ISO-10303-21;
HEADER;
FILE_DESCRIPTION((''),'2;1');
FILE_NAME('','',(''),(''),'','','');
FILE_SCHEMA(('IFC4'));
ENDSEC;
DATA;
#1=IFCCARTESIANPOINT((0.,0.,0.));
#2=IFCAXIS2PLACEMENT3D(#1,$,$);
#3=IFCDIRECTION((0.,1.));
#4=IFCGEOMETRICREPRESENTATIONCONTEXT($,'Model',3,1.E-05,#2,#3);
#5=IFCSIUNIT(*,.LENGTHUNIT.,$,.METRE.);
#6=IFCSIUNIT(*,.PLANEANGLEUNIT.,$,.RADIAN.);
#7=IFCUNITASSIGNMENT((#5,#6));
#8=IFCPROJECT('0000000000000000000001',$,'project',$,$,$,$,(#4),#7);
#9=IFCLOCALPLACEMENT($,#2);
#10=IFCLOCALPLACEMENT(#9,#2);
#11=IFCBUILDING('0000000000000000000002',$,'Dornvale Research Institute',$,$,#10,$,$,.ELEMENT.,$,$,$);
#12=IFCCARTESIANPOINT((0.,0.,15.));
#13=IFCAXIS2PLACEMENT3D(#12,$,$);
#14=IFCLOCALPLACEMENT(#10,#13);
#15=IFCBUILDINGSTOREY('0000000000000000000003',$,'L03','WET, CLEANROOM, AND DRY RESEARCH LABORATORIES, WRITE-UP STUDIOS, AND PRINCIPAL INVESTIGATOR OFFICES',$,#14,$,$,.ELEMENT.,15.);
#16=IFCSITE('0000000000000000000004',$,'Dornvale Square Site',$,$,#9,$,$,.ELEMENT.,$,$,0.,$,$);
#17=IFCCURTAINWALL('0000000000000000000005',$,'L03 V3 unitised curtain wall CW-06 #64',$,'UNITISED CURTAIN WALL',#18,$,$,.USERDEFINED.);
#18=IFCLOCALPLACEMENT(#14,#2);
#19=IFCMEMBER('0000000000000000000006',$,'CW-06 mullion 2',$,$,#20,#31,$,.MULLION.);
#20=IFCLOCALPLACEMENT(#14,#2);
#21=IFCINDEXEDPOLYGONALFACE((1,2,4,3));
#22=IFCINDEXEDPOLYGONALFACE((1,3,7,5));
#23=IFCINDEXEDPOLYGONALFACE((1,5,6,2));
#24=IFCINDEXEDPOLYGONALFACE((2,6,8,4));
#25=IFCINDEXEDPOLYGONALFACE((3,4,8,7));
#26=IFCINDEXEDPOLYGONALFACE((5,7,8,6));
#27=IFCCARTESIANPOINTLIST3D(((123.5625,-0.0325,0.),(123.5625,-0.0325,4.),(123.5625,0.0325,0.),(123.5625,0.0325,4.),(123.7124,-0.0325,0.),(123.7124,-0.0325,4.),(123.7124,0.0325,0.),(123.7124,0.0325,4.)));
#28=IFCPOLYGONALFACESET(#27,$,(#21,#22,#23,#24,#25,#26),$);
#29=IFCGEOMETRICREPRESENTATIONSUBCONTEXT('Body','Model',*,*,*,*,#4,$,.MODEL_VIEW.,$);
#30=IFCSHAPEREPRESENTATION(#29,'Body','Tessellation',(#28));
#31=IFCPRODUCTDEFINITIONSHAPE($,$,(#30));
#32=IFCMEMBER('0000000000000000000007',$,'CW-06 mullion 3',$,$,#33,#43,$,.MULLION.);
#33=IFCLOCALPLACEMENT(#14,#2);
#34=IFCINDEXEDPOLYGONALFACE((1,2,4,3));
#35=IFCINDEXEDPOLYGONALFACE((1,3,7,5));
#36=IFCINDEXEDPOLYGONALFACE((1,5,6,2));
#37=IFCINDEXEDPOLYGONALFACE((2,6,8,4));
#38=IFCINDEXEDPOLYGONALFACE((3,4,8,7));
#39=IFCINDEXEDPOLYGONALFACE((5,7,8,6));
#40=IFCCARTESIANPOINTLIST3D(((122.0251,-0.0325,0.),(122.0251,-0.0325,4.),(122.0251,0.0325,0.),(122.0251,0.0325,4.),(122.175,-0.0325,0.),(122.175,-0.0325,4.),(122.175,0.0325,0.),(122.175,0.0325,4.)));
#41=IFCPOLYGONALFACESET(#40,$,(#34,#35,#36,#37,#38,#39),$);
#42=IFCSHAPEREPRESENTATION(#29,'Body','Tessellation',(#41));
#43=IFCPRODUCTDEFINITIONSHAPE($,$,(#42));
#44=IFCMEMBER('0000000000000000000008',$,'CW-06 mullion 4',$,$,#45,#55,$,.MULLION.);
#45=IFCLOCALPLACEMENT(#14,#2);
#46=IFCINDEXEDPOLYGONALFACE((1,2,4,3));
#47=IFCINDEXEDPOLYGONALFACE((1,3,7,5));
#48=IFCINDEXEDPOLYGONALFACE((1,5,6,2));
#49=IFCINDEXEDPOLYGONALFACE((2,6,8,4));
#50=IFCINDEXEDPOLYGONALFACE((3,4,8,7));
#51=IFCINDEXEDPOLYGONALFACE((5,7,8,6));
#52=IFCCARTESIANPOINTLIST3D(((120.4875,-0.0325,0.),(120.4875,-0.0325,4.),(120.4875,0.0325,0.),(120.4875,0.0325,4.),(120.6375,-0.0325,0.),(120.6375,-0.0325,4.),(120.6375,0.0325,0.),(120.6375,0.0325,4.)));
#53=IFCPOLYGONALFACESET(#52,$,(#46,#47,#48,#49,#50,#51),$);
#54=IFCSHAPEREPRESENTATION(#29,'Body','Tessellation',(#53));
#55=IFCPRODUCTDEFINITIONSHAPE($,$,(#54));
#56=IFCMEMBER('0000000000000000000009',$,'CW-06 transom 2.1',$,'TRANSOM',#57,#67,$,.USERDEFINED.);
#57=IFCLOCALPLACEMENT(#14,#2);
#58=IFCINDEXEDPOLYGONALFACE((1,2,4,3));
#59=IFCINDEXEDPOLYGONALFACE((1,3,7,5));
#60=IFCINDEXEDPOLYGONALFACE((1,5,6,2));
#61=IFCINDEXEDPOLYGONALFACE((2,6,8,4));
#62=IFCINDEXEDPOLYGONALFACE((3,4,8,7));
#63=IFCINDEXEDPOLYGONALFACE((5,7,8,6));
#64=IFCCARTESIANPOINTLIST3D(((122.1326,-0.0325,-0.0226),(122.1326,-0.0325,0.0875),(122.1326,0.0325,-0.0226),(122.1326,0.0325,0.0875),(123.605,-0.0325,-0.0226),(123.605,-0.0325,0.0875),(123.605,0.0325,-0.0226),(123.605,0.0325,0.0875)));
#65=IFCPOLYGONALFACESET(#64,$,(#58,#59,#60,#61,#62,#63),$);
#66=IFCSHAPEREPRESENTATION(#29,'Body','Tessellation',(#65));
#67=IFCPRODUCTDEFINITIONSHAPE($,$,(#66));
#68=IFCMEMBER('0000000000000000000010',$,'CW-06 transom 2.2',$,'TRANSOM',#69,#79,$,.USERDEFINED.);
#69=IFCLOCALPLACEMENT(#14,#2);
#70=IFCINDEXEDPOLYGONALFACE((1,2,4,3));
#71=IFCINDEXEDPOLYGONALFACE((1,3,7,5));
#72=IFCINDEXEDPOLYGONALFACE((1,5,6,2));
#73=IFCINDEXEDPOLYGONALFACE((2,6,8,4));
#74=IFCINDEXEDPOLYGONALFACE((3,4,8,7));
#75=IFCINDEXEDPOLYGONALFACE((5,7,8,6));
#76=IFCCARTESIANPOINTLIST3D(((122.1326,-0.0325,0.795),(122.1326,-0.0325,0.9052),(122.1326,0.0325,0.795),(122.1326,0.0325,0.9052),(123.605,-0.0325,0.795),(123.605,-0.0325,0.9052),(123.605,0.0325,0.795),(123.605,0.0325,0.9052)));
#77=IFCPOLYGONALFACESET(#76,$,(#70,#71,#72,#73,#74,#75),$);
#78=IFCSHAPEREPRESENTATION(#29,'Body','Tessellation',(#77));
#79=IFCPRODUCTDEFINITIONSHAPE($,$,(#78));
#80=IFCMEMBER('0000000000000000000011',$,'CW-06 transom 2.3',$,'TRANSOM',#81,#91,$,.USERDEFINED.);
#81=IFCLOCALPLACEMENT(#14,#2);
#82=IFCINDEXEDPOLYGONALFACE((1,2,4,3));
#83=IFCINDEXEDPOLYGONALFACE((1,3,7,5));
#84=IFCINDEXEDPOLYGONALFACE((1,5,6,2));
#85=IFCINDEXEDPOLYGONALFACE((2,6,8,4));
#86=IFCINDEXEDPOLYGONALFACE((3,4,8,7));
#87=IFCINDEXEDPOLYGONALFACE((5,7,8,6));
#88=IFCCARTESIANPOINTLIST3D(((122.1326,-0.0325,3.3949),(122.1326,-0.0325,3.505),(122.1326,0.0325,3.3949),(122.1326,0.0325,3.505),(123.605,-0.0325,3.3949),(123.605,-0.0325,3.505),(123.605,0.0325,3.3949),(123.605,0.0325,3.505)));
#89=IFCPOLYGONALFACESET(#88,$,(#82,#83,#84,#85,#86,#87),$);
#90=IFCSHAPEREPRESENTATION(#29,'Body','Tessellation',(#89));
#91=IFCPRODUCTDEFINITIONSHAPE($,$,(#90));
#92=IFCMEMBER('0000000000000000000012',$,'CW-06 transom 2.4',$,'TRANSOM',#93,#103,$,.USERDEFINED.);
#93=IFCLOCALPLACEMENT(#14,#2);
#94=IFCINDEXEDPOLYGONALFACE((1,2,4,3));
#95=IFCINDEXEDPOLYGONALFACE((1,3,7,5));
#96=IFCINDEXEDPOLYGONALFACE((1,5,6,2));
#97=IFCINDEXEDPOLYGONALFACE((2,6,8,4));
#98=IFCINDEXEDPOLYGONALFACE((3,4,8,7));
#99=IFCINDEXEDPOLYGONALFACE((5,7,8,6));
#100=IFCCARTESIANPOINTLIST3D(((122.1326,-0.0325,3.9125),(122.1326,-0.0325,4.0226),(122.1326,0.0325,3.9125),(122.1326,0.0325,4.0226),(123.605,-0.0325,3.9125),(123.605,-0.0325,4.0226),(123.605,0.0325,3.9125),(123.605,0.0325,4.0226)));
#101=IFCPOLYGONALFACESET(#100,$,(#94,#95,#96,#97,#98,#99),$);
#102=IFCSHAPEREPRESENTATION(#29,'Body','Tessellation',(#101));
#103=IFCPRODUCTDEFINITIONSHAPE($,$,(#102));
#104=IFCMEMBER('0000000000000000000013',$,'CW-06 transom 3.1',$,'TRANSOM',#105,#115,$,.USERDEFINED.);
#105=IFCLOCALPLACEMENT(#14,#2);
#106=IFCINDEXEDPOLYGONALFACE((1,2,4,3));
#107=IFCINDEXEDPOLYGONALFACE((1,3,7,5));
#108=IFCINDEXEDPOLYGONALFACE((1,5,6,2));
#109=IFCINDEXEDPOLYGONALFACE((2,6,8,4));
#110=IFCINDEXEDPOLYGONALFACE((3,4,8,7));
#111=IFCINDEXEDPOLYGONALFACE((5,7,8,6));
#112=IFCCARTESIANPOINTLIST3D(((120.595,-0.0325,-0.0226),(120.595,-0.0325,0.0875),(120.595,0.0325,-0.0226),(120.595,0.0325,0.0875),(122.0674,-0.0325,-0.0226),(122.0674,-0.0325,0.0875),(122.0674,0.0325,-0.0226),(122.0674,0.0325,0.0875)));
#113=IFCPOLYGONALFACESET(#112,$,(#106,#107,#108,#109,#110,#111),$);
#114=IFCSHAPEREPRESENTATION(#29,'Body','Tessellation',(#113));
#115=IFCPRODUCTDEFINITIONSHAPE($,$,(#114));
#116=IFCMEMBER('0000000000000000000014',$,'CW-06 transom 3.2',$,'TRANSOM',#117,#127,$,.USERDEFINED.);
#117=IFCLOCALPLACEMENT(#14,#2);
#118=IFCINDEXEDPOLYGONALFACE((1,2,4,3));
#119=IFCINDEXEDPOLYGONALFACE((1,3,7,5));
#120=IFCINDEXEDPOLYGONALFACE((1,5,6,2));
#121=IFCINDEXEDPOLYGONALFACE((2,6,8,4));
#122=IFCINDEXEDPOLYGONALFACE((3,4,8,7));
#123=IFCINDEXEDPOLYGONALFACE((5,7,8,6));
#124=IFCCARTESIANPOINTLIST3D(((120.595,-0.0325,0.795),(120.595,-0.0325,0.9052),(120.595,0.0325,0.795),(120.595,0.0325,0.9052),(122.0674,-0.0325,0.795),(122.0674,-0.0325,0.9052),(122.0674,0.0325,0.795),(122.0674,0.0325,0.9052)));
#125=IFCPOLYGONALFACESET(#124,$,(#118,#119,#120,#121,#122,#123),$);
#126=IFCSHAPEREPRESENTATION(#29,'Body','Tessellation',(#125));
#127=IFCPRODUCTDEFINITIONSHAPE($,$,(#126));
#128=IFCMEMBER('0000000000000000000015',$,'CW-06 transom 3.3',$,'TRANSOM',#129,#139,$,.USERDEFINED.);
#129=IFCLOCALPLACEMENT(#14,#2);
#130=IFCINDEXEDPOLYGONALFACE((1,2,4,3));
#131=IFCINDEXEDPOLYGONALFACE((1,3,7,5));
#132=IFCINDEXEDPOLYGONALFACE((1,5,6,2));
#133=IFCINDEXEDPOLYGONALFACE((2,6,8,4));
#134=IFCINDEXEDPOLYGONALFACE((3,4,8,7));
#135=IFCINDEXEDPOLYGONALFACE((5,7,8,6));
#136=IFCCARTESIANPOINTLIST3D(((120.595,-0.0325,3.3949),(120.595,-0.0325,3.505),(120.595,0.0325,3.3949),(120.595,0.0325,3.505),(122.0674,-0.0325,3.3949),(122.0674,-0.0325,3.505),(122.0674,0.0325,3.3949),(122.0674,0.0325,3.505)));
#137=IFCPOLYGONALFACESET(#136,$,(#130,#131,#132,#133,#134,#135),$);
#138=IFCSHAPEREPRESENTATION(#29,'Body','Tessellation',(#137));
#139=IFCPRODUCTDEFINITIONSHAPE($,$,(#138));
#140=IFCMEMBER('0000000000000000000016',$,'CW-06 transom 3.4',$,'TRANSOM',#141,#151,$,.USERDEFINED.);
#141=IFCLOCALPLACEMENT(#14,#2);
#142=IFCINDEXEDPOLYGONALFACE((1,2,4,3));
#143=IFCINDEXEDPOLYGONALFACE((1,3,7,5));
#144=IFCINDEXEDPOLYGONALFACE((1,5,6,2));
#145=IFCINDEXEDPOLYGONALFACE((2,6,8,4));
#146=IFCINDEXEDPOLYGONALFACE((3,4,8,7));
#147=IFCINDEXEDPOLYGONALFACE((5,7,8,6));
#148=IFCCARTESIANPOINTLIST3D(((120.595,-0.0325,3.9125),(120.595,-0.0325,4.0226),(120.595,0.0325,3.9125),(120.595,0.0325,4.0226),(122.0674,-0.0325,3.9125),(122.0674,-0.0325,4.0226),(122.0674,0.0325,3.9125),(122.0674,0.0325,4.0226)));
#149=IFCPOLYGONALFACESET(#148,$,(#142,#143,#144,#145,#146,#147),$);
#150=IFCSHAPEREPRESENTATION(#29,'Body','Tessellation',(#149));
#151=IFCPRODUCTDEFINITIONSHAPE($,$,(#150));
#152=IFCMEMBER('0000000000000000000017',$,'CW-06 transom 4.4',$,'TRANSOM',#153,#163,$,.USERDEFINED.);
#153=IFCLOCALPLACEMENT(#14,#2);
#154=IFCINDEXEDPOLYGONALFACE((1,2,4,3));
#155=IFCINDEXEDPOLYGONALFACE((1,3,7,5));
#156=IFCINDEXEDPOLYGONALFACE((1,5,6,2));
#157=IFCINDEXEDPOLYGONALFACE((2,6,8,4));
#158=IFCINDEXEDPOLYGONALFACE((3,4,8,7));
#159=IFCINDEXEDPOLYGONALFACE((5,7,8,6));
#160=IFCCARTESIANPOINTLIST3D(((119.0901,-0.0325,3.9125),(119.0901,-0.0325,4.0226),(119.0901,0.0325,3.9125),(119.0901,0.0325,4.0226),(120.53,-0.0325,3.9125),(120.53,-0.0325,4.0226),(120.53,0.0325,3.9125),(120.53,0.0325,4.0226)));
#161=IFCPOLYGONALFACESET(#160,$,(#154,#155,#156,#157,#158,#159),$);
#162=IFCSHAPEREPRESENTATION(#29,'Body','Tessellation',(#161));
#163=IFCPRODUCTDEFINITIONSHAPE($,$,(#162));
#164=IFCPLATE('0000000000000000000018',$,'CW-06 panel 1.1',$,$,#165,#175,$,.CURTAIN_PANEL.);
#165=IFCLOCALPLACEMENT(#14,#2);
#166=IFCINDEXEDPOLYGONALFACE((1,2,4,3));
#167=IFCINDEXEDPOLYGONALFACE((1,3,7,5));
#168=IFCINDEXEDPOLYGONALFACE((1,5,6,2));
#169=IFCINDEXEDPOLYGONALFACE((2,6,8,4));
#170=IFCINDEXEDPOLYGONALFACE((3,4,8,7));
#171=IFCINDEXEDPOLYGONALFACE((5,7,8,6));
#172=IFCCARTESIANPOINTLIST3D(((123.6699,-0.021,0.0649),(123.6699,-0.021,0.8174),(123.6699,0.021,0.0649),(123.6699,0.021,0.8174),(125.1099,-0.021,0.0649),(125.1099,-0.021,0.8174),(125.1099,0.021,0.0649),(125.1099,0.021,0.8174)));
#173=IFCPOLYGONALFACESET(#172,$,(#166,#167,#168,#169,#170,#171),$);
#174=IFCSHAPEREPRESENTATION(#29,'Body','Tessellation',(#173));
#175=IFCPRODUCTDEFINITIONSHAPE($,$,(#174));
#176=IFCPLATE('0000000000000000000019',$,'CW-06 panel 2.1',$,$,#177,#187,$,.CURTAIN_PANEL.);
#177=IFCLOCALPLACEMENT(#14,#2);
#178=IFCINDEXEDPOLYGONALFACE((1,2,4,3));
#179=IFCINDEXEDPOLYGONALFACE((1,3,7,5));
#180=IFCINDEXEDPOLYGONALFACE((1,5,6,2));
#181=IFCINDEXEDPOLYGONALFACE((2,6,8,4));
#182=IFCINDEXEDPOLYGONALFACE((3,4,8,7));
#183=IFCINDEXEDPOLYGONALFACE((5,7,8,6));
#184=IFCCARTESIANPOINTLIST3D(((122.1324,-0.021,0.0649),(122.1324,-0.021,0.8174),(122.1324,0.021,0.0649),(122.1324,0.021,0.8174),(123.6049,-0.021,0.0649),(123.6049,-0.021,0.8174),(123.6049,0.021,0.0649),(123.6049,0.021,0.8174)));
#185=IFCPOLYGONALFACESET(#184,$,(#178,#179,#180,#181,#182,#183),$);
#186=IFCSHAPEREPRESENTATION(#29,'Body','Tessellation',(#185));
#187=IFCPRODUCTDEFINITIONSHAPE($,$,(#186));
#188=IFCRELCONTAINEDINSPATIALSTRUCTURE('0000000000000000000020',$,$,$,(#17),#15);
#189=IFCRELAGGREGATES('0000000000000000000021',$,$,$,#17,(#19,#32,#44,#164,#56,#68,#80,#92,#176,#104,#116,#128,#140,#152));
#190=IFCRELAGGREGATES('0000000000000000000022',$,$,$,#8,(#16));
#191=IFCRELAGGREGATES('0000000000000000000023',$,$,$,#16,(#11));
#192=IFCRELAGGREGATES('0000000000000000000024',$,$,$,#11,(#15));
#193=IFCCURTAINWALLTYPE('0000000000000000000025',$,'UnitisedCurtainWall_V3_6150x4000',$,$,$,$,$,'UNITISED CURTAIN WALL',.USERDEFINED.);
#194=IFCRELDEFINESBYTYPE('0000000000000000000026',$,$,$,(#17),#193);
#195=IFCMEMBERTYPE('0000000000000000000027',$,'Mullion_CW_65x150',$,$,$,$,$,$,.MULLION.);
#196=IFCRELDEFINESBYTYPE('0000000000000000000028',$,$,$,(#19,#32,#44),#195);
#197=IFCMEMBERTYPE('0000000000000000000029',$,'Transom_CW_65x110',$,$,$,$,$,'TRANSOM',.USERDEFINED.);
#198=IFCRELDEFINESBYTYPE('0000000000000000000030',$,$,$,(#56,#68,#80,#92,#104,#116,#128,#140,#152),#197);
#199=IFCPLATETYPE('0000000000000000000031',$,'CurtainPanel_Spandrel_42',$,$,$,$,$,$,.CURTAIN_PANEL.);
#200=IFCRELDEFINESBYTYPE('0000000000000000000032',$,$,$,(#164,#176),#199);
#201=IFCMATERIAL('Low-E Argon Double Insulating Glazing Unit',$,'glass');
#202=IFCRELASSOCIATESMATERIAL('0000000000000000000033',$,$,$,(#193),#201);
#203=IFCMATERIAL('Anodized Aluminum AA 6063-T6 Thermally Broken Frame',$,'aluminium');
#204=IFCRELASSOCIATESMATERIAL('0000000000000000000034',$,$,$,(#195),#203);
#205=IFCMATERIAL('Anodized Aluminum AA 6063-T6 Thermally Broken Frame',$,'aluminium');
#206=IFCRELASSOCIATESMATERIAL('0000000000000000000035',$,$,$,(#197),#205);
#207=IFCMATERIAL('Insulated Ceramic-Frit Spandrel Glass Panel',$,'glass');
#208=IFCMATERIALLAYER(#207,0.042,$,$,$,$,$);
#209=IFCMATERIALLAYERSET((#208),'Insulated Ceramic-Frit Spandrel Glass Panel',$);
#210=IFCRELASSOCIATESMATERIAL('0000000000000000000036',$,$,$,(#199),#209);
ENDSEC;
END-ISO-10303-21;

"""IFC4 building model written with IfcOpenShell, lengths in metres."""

from ifc_helpers import new_model, si_unit, direction, frame, origin, origin_2d, place, context, subcontext, project, spatial, rectangle, extrude, material, layer, layer_set, material_profile, profile_set, type_object, element, aggregate, save


model = new_model("IFC4")

# Units and contexts
model_context = context("Model", 3, precision=1e-05, world=origin(), true_north=direction((0.0, 1.0)))
body_context = subcontext(model_context, "Body", "Model", "MODEL_VIEW")
ifc_project = project(units=[si_unit("LENGTHUNIT", "METRE"), si_unit("PLANEANGLEUNIT", "RADIAN")], contexts=[model_context])

# Site, building, storey
site_placement = place(None, origin())
site = spatial("IfcSite", under=ifc_project, at=site_placement, Name="Dornvale Square Site", CompositionType="ELEMENT", RefElevation=0.0)
building_placement = place(site_placement, origin())
building = spatial("IfcBuilding", under=site, at=building_placement, Name="Dornvale Research Institute", CompositionType="ELEMENT")
storey_placement = place(building_placement, frame((0.0, 0.0, 15.0)))
storey = spatial("IfcBuildingStorey", under=building, at=storey_placement, Name="L03", Description="WET, CLEANROOM, AND DRY RESEARCH LABORATORIES, WRITE-UP STUDIOS, AND PRINCIPAL INVESTIGATOR OFFICES", CompositionType="ELEMENT", Elevation=15.0)

# Curtain wall, members, plates
ifc_material_1 = material(Name="Low-E Argon Double Insulating Glazing Unit", Category="glass")
curtain_wall_type = type_object("IfcCurtainWallType", Name="UnitisedCurtainWall_V3_6150x4000", ElementType="UNITISED CURTAIN WALL", PredefinedType="USERDEFINED", material=ifc_material_1)
curtain_wall_placement = place(storey_placement, origin())
curtain_wall = element("IfcCurtainWall", 1, at=curtain_wall_placement, inside=storey, type_object=curtain_wall_type, Name="L03 V3 unitised curtain wall CW-06 #64", ObjectType="UNITISED CURTAIN WALL", PredefinedType="USERDEFINED")
ifc_material_2 = material(Name="Anodized Aluminum AA 6063-T6 Thermally Broken Frame", Category="aluminium")
ifc_material_profile_1 = material_profile(ifc_material_2, rectangle(XDim=0.0649, YDim=0.1499, at=origin_2d()), Name="ALU MULLION 65x150")
ifc_profile_set_1 = profile_set([ifc_material_profile_1], Name="Anodized Aluminum AA 6063-T6 Thermally Broken Frame")
member_type_1 = type_object("IfcMemberType", Name="Mullion_CW_65x150", PredefinedType="MULLION", material=ifc_profile_set_1)
member_1_placement = place(storey_placement, frame((123.6375, 0.0, 0.0), z_axis=(0.0, 0.0, 1.0), x_axis=(0.0, -1.0, 0.0)))
member_1 = element("IfcMember", 2, at=member_1_placement, type_object=member_type_1, Name="CW-06 mullion 2", PredefinedType="MULLION", context=body_context, shape_type="SweptSolid", body=[
    extrude(rectangle(XDim=0.0649, YDim=0.1499, at=origin_2d()), origin(), (0.0, 0.0, 1.0), 4.0),
])
member_2_placement = place(storey_placement, frame((122.1001, 0.0, 0.0), z_axis=(0.0, 0.0, 1.0), x_axis=(0.0, -1.0, 0.0)))
member_2 = element("IfcMember", 3, at=member_2_placement, type_object=member_type_1, Name="CW-06 mullion 3", PredefinedType="MULLION", context=body_context, shape_type="SweptSolid", body=[
    extrude(rectangle(XDim=0.0649, YDim=0.1499, at=origin_2d()), origin(), (0.0, 0.0, 1.0), 4.0),
])
member_3_placement = place(storey_placement, frame((120.5625, 0.0, 0.0), z_axis=(0.0, 0.0, 1.0), x_axis=(0.0, -1.0, 0.0)))
member_3 = element("IfcMember", 4, at=member_3_placement, type_object=member_type_1, Name="CW-06 mullion 4", PredefinedType="MULLION", context=body_context, shape_type="SweptSolid", body=[
    extrude(rectangle(XDim=0.0649, YDim=0.1499, at=origin_2d()), origin(), (0.0, 0.0, 1.0), 4.0),
])
ifc_material_3 = material(Name="Anodized Aluminum AA 6063-T6 Thermally Broken Frame", Category="aluminium")
ifc_material_profile_2 = material_profile(ifc_material_3, rectangle(XDim=0.0649, YDim=0.1101, at=origin_2d()), Name="ALU TRANSOM 65x110")
ifc_profile_set_2 = profile_set([ifc_material_profile_2], Name="Anodized Aluminum AA 6063-T6 Thermally Broken Frame")
member_type_2 = type_object("IfcMemberType", Name="Transom_CW_65x110", ElementType="TRANSOM", PredefinedType="USERDEFINED", material=ifc_profile_set_2)
member_4_placement = place(storey_placement, frame((123.605, 0.0, 0.0325), z_axis=(-1.0, 0.0, 0.0), x_axis=(0.0, -1.0, 0.0)))
member_4 = element("IfcMember", 5, at=member_4_placement, type_object=member_type_2, Name="CW-06 transom 2.1", ObjectType="TRANSOM", PredefinedType="USERDEFINED", context=body_context, shape_type="SweptSolid", body=[
    extrude(rectangle(XDim=0.0649, YDim=0.1101, at=origin_2d()), origin(), (0.0, 0.0, 1.0), 1.4724),
])
member_5_placement = place(storey_placement, frame((123.605, 0.0, 0.8501), z_axis=(-1.0, 0.0, 0.0), x_axis=(0.0, -1.0, 0.0)))
member_5 = element("IfcMember", 6, at=member_5_placement, type_object=member_type_2, Name="CW-06 transom 2.2", ObjectType="TRANSOM", PredefinedType="USERDEFINED", context=body_context, shape_type="SweptSolid", body=[
    extrude(rectangle(XDim=0.0649, YDim=0.1101, at=origin_2d()), origin(), (0.0, 0.0, 1.0), 1.4724),
])
member_6_placement = place(storey_placement, frame((123.605, 0.0, 3.45), z_axis=(-1.0, 0.0, 0.0), x_axis=(0.0, -1.0, 0.0)))
member_6 = element("IfcMember", 7, at=member_6_placement, type_object=member_type_2, Name="CW-06 transom 2.3", ObjectType="TRANSOM", PredefinedType="USERDEFINED", context=body_context, shape_type="SweptSolid", body=[
    extrude(rectangle(XDim=0.0649, YDim=0.1101, at=origin_2d()), origin(), (0.0, 0.0, 1.0), 1.4724),
])
member_7_placement = place(storey_placement, frame((123.605, 0.0, 3.9675), z_axis=(-1.0, 0.0, 0.0), x_axis=(0.0, -1.0, 0.0)))
member_7 = element("IfcMember", 8, at=member_7_placement, type_object=member_type_2, Name="CW-06 transom 2.4", ObjectType="TRANSOM", PredefinedType="USERDEFINED", context=body_context, shape_type="SweptSolid", body=[
    extrude(rectangle(XDim=0.0649, YDim=0.1101, at=origin_2d()), origin(), (0.0, 0.0, 1.0), 1.4724),
])
member_8_placement = place(storey_placement, frame((122.0674, 0.0, 0.0325), z_axis=(-1.0, 0.0, 0.0), x_axis=(0.0, -1.0, 0.0)))
member_8 = element("IfcMember", 9, at=member_8_placement, type_object=member_type_2, Name="CW-06 transom 3.1", ObjectType="TRANSOM", PredefinedType="USERDEFINED", context=body_context, shape_type="SweptSolid", body=[
    extrude(rectangle(XDim=0.0649, YDim=0.1101, at=origin_2d()), origin(), (0.0, 0.0, 1.0), 1.4724),
])
member_9_placement = place(storey_placement, frame((122.0674, 0.0, 0.8501), z_axis=(-1.0, 0.0, 0.0), x_axis=(0.0, -1.0, 0.0)))
member_9 = element("IfcMember", 10, at=member_9_placement, type_object=member_type_2, Name="CW-06 transom 3.2", ObjectType="TRANSOM", PredefinedType="USERDEFINED", context=body_context, shape_type="SweptSolid", body=[
    extrude(rectangle(XDim=0.0649, YDim=0.1101, at=origin_2d()), origin(), (0.0, 0.0, 1.0), 1.4724),
])
member_10_placement = place(storey_placement, frame((122.0674, 0.0, 3.45), z_axis=(-1.0, 0.0, 0.0), x_axis=(0.0, -1.0, 0.0)))
member_10 = element("IfcMember", 11, at=member_10_placement, type_object=member_type_2, Name="CW-06 transom 3.3", ObjectType="TRANSOM", PredefinedType="USERDEFINED", context=body_context, shape_type="SweptSolid", body=[
    extrude(rectangle(XDim=0.0649, YDim=0.1101, at=origin_2d()), origin(), (0.0, 0.0, 1.0), 1.4724),
])
member_11_placement = place(storey_placement, frame((122.0674, 0.0, 3.9675), z_axis=(-1.0, 0.0, 0.0), x_axis=(0.0, -1.0, 0.0)))
member_11 = element("IfcMember", 12, at=member_11_placement, type_object=member_type_2, Name="CW-06 transom 3.4", ObjectType="TRANSOM", PredefinedType="USERDEFINED", context=body_context, shape_type="SweptSolid", body=[
    extrude(rectangle(XDim=0.0649, YDim=0.1101, at=origin_2d()), origin(), (0.0, 0.0, 1.0), 1.4724),
])
member_12_placement = place(storey_placement, frame((120.53, 0.0, 3.9675), z_axis=(-1.0, 0.0, 0.0), x_axis=(0.0, -1.0, 0.0)))
member_12 = element("IfcMember", 13, at=member_12_placement, type_object=member_type_2, Name="CW-06 transom 4.4", ObjectType="TRANSOM", PredefinedType="USERDEFINED", context=body_context, shape_type="SweptSolid", body=[
    extrude(rectangle(XDim=0.0649, YDim=0.1101, at=origin_2d()), origin(), (0.0, 0.0, 1.0), 1.4399),
])
ifc_material_4 = material(Name="Insulated Ceramic-Frit Spandrel Glass Panel", Category="glass")
ifc_layer_1 = layer(ifc_material_4, 0.042)
ifc_layer_set_1 = layer_set([ifc_layer_1], Name="Insulated Ceramic-Frit Spandrel Glass Panel")
plate_type_1 = type_object("IfcPlateType", Name="CurtainPanel_Spandrel_42", PredefinedType="CURTAIN_PANEL", material=ifc_layer_set_1)
plate_1_placement = place(storey_placement, frame((124.3899, 0.0, 0.0649), z_axis=(0.0, 0.0, 1.0), x_axis=(-1.0, 0.0, 0.0)))
plate_1 = element("IfcPlate", 14, at=plate_1_placement, type_object=plate_type_1, Name="CW-06 panel 1.1", PredefinedType="CURTAIN_PANEL", context=body_context, shape_type="SweptSolid", body=[
    extrude(rectangle(XDim=1.4399, YDim=0.042, at=origin_2d()), origin(), (0.0, 0.0, 1.0), 0.7524),
])
plate_2_placement = place(storey_placement, frame((122.8687, 0.0, 0.0649), z_axis=(0.0, 0.0, 1.0), x_axis=(-1.0, 0.0, 0.0)))
plate_2 = element("IfcPlate", 15, at=plate_2_placement, type_object=plate_type_1, Name="CW-06 panel 2.1", PredefinedType="CURTAIN_PANEL", context=body_context, shape_type="SweptSolid", body=[
    extrude(rectangle(XDim=1.4724, YDim=0.042, at=origin_2d()), origin(), (0.0, 0.0, 1.0), 0.7524),
])
aggregate(curtain_wall, [member_1, member_2, member_3, plate_1, member_4, member_5, member_6, member_7, plate_2, member_8, member_9, member_10, member_11, member_12])

save(model, "model.ifc")
